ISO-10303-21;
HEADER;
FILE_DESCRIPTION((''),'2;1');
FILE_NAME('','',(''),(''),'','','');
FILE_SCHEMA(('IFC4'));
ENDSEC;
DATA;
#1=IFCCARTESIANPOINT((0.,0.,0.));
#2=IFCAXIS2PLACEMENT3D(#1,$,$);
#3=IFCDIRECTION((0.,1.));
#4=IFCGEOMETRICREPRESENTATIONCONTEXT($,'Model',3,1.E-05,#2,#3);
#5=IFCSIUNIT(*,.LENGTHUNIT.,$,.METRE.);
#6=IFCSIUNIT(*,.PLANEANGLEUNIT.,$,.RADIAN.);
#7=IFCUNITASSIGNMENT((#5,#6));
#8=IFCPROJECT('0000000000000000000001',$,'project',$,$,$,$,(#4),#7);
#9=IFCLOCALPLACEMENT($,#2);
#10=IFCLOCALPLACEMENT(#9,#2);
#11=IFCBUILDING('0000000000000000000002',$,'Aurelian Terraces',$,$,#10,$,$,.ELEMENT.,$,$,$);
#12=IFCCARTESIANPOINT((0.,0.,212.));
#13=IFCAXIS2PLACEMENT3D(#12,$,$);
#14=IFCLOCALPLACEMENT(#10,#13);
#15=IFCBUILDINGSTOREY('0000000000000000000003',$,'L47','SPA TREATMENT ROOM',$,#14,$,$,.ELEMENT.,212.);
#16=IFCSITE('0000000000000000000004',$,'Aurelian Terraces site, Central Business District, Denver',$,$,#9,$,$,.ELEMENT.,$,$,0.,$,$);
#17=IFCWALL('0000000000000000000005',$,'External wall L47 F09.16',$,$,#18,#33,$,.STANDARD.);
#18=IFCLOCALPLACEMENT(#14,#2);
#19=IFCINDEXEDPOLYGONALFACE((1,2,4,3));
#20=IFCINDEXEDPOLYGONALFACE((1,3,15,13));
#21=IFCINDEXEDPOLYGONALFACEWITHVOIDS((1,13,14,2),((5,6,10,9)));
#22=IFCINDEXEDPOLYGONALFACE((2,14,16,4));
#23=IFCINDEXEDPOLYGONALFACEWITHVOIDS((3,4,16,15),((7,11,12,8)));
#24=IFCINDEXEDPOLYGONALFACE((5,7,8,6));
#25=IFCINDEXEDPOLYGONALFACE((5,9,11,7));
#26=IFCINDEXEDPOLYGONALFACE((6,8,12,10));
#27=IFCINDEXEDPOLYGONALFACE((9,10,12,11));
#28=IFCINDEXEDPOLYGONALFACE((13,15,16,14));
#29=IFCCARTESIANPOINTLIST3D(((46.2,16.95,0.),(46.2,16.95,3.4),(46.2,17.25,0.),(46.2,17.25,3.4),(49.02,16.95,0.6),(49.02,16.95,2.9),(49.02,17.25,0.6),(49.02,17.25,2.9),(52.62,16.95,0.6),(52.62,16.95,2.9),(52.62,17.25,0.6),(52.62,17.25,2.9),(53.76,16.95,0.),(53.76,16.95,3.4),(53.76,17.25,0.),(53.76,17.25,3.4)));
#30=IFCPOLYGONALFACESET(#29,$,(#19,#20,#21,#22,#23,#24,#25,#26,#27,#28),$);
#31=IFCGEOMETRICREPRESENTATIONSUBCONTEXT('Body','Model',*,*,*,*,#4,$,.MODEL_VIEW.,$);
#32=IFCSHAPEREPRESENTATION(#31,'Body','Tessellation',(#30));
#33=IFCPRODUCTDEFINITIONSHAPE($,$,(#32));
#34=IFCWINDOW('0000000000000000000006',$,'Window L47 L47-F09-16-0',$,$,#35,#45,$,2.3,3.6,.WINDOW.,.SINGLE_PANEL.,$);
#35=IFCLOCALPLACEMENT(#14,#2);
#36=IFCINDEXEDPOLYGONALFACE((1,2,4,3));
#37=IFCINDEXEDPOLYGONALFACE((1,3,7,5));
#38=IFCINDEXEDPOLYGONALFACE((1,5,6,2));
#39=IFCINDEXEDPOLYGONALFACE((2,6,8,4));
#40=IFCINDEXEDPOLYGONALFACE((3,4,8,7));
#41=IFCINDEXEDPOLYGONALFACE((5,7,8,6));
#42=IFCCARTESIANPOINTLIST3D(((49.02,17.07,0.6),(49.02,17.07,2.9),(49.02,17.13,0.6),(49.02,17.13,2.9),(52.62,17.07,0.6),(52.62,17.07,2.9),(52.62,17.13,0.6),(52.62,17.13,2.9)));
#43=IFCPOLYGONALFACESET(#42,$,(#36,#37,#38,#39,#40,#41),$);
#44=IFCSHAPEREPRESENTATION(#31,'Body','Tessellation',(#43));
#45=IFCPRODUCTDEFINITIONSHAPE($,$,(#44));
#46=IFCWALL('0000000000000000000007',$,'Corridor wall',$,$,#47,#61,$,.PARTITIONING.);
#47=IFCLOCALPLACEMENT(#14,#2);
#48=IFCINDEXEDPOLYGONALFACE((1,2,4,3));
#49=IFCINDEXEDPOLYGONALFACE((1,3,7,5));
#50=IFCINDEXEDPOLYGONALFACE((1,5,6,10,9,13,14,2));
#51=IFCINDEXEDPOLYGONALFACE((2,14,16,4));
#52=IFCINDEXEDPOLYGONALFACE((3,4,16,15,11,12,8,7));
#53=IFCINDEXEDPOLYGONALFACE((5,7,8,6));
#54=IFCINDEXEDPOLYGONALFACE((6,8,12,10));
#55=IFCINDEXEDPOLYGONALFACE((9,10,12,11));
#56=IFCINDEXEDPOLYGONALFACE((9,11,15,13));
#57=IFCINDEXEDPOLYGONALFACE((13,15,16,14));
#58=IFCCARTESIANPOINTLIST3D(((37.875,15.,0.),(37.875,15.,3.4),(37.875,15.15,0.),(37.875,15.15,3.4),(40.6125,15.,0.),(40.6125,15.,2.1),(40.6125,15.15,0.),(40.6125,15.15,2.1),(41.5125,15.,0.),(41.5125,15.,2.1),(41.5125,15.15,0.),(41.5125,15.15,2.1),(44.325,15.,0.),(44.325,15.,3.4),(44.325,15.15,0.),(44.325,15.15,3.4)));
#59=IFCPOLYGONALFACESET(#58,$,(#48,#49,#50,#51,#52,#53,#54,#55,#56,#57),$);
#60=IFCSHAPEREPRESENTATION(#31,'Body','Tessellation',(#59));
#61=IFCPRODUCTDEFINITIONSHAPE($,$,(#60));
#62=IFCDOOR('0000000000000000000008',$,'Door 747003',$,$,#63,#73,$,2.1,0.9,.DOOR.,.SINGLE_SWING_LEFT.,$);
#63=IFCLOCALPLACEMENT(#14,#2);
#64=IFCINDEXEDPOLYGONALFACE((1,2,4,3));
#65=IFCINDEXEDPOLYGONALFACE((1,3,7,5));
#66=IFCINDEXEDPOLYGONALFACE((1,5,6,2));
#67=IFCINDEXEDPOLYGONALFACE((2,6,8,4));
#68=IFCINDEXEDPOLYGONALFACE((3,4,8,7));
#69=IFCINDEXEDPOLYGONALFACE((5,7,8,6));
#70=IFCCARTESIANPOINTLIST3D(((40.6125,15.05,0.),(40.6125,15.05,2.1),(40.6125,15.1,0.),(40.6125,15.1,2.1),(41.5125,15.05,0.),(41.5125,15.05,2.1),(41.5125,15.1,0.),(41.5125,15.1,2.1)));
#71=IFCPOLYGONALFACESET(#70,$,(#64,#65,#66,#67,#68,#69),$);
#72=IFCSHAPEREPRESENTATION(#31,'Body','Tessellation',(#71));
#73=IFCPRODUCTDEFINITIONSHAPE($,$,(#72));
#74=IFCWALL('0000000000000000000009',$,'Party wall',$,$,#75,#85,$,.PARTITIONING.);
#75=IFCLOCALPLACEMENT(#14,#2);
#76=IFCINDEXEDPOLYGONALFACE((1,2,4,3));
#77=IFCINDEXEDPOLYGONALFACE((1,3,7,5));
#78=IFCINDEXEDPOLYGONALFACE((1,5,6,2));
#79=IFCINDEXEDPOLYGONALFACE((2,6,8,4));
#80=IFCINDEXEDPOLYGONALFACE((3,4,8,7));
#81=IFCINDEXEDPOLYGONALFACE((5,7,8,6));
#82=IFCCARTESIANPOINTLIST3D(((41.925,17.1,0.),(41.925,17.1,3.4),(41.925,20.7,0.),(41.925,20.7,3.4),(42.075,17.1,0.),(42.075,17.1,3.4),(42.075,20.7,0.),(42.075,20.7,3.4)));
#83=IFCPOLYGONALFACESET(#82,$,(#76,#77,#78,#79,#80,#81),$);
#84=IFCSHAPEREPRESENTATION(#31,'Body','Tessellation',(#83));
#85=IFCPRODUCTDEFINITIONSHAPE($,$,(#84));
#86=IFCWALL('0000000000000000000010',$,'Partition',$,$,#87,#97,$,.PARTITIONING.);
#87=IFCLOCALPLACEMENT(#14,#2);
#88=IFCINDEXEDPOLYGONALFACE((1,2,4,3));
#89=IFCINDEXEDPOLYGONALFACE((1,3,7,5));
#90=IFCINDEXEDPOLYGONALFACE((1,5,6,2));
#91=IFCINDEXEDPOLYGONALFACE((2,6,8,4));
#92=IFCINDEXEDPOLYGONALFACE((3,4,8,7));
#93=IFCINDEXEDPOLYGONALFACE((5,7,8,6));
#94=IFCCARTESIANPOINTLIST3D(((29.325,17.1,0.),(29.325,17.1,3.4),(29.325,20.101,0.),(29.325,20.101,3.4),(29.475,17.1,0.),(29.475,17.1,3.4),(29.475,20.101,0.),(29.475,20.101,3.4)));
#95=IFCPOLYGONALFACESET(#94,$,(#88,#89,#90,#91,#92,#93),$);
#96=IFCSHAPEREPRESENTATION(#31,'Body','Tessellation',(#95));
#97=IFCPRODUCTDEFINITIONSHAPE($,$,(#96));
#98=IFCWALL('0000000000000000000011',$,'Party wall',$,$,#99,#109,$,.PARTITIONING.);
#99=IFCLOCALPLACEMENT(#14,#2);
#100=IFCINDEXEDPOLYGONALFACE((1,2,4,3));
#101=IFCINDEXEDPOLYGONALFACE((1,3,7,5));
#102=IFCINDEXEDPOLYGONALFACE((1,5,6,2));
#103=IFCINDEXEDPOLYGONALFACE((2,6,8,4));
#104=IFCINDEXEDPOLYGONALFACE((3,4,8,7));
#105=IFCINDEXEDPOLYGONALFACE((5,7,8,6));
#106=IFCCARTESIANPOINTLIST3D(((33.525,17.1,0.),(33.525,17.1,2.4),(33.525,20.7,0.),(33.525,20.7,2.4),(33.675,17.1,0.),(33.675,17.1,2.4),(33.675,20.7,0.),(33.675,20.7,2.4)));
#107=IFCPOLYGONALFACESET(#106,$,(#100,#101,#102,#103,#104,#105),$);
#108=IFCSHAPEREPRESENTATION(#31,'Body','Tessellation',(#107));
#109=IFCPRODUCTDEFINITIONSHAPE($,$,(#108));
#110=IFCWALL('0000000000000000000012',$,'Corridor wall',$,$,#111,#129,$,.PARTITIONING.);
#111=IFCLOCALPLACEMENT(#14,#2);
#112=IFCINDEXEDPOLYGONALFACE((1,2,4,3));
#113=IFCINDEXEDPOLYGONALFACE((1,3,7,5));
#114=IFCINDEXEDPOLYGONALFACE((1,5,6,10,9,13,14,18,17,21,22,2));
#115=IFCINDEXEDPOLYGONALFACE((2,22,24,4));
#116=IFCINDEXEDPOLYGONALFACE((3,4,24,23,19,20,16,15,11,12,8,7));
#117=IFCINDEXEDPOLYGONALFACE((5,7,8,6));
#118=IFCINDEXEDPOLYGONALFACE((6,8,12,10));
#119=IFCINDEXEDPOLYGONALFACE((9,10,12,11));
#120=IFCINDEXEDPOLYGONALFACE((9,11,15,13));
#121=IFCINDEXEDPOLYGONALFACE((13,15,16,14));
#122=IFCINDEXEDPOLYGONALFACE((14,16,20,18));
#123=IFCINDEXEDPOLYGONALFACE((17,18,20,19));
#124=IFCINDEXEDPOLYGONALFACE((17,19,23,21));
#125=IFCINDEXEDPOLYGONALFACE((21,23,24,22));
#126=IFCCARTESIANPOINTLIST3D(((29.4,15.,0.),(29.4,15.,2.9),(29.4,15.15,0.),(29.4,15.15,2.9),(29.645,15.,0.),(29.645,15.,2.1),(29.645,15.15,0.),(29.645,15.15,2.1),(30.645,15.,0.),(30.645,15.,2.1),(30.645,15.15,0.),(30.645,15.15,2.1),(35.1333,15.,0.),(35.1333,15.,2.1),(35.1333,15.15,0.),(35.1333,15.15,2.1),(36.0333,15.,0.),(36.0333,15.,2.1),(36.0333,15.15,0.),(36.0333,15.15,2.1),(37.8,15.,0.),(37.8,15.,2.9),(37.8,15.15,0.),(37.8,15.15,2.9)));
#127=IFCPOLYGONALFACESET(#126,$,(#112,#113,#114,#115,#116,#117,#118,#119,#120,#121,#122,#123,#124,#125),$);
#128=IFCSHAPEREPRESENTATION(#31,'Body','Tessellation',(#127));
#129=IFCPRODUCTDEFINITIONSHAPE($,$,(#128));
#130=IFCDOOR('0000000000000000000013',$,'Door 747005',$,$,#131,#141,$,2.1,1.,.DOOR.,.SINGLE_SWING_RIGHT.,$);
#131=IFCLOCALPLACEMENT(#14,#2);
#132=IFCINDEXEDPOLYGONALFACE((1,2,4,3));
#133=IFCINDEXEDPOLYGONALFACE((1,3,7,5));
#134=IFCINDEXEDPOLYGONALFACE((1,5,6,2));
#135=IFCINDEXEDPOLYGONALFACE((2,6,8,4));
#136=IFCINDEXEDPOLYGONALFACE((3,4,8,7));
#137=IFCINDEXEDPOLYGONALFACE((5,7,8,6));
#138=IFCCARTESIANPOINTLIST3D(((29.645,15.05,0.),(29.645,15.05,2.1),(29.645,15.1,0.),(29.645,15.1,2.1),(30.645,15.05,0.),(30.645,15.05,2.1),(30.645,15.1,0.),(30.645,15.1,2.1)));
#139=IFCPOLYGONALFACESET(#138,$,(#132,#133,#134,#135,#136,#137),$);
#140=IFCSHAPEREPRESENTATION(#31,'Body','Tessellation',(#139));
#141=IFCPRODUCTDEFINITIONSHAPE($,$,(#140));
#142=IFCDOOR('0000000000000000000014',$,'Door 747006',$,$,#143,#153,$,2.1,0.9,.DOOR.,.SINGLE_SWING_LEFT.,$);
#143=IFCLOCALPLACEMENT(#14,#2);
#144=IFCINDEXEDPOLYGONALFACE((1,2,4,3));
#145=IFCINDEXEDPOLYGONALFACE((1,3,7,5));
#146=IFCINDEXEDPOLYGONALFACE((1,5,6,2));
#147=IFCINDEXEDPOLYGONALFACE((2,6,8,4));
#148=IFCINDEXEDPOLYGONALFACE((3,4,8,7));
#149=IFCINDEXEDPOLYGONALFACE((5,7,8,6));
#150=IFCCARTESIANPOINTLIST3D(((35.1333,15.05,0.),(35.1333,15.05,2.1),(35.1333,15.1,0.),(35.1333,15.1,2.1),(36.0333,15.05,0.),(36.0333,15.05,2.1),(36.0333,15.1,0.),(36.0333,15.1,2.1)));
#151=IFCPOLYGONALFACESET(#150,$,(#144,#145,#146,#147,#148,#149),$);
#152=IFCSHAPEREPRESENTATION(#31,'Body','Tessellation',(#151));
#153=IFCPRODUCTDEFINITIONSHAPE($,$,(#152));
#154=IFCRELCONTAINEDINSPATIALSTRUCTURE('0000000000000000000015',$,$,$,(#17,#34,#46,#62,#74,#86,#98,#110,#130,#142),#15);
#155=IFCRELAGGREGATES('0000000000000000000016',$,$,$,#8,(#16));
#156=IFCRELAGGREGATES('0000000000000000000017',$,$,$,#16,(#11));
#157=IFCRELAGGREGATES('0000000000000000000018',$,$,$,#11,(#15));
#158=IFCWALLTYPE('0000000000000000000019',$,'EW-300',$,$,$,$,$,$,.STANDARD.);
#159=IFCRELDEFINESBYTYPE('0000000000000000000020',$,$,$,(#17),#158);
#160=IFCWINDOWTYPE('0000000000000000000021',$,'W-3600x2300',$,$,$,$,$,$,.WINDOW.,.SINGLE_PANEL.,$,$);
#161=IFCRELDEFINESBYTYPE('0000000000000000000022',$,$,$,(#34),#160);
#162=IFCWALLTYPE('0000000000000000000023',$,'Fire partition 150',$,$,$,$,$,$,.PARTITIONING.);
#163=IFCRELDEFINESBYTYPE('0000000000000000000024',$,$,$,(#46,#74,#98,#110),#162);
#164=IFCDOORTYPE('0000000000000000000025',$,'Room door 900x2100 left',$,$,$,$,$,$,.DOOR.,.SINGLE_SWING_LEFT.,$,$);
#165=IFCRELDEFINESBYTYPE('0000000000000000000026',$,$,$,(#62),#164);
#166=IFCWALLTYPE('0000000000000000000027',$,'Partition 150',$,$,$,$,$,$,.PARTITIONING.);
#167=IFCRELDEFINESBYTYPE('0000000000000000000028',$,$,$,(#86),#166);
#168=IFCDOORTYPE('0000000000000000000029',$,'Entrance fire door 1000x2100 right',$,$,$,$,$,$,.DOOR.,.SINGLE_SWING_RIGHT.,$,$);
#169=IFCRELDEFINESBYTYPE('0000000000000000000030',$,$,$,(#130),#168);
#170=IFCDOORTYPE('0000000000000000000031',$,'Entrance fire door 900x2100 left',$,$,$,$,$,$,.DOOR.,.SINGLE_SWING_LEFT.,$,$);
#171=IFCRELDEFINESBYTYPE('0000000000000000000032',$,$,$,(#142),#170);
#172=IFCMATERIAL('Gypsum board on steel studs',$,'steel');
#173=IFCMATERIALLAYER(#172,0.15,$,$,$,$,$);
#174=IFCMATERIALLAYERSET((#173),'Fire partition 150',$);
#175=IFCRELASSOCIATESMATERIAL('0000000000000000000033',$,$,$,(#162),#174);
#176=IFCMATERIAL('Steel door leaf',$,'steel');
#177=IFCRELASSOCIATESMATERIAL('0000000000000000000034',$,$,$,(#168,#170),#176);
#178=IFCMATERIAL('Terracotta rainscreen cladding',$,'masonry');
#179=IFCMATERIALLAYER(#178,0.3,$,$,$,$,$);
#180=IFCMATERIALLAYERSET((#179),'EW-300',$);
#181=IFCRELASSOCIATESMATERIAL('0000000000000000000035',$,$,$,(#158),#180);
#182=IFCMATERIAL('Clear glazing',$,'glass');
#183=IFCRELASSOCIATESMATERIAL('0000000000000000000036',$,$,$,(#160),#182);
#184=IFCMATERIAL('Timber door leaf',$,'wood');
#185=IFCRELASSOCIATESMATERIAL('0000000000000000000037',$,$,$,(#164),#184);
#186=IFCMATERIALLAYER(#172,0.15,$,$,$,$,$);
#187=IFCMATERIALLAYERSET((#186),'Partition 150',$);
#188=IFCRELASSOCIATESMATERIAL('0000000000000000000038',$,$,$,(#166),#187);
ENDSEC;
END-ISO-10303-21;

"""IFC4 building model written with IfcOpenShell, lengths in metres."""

from ifc_helpers import new_model, si_unit, direction, frame, frame_2d, origin, place, context, subcontext, project, spatial, rectangle, extrude, source, transform, mapped, material, layer, layer_set, type_object, element, fill, save


model = new_model("IFC4")

# Units and contexts
model_context = context("Model", 3, precision=1e-05, world=origin(), true_north=direction((0.0, 1.0)))
body_context = subcontext(model_context, "Body", "Model", "MODEL_VIEW")
ifc_project = project(units=[si_unit("LENGTHUNIT", "METRE"), si_unit("PLANEANGLEUNIT", "RADIAN")], contexts=[model_context])

# Site, building, storey
site_placement = place(None, origin())
site = spatial("IfcSite", under=ifc_project, at=site_placement, Name="Aurelian Terraces site, Central Business District, Denver", CompositionType="ELEMENT", RefElevation=0.0)
building_placement = place(site_placement, origin())
building = spatial("IfcBuilding", under=site, at=building_placement, Name="Aurelian Terraces", CompositionType="ELEMENT")
storey_placement = place(building_placement, frame((0.0, 0.0, 212.0)))
storey = spatial("IfcBuildingStorey", under=building, at=storey_placement, Name="L47", Description="SPA TREATMENT ROOM", CompositionType="ELEMENT", Elevation=212.0)

# Shared definitions
ifc_material_1 = material(Name="Gypsum board on steel studs", Category="steel")
ifc_layer_1 = layer(ifc_material_1, 0.15)
ifc_layer_set_1 = layer_set([ifc_layer_1], Name="Fire partition 150")
wall_type_1 = type_object("IfcWallType", Name="Fire partition 150", PredefinedType="PARTITIONING", material=ifc_layer_set_1)
shared_shape_1 = source(origin(), body_context, "Body", "SweptSolid", [
    extrude(rectangle(XDim=0.9, YDim=2.1, at=frame_2d((0.45, 1.05))), frame((0.0, 0.085, 0.0), z_axis=(0.0, -1.0, 0.0), x_axis=(1.0, 0.0, 0.0)), (0.0, 0.0, 1.0), 0.17),
])
shared_shape_2 = source(origin(), body_context, "Body", "SweptSolid", [
    extrude(rectangle(XDim=1.0, YDim=2.1, at=frame_2d((0.5, 1.05))), frame((0.0, 0.085, 0.0), z_axis=(0.0, -1.0, 0.0), x_axis=(1.0, 0.0, 0.0)), (0.0, 0.0, 1.0), 0.17),
])
ifc_material_2 = material(Name="Steel door leaf", Category="steel")
door_type_1 = type_object("IfcDoorType", Name="Entrance fire door 1000x2100 right", OperationType="SINGLE_SWING_RIGHT", PredefinedType="DOOR", material=ifc_material_2)
shared_shape_3 = source(origin(), body_context, "Body", "SweptSolid", [
    extrude(rectangle(XDim=1.0, YDim=2.1, at=frame_2d((0.5, 1.05))), frame((0.0, 0.025, 0.0), z_axis=(0.0, -1.0, 0.0), x_axis=(1.0, 0.0, 0.0)), (0.0, 0.0, 1.0), 0.05),
])
shared_shape_4 = source(origin(), body_context, "Body", "SweptSolid", [
    extrude(rectangle(XDim=0.9, YDim=2.1, at=frame_2d((0.45, 1.05))), frame((0.0, 0.025, 0.0), z_axis=(0.0, -1.0, 0.0), x_axis=(1.0, 0.0, 0.0)), (0.0, 0.0, 1.0), 0.05),
])
door_type_2 = type_object("IfcDoorType", Name="Entrance fire door 900x2100 left", OperationType="SINGLE_SWING_LEFT", PredefinedType="DOOR", material=ifc_material_2)

# Wall, opening, window
ifc_material_3 = material(Name="Terracotta rainscreen cladding", Category="masonry")
ifc_layer_2 = layer(ifc_material_3, 0.3)
ifc_layer_set_2 = layer_set([ifc_layer_2], Name="EW-300")
wall_type_2 = type_object("IfcWallType", Name="EW-300", PredefinedType="STANDARD", material=ifc_layer_set_2)
ifc_material_4 = material(Name="Clear glazing", Category="glass")
shared_shape_5 = source(origin(), body_context, "Body", "SweptSolid", [
    extrude(rectangle(XDim=7.56, YDim=0.3, at=frame_2d((3.78, 0.0))), origin(), (0.0, 0.0, 1.0), 3.4),
])
wall_1_placement = place(storey_placement, frame((53.76, 17.1, 0.0), z_axis=(0.0, 0.0, 1.0), x_axis=(-1.0, 0.0, 0.0)))
wall_1 = element("IfcWall", 1, at=wall_1_placement, inside=storey, type_object=wall_type_2, Name="External wall L47 F09.16", PredefinedType="STANDARD", context=body_context, shape_type="MappedRepresentation", body=[
    mapped(shared_shape_5, transform((0.0, 0.0, 0.0), scale=1.0)),
])
shared_shape_6 = source(origin(), body_context, "Body", "SweptSolid", [
    extrude(rectangle(XDim=3.6, YDim=2.3, at=frame_2d((1.8, 1.15))), frame((0.0, 0.16, 0.0), z_axis=(0.0, -1.0, 0.0), x_axis=(1.0, 0.0, 0.0)), (0.0, 0.0, 1.0), 0.32),
])
opening_1_placement = place(wall_1_placement, frame((1.14, 0.0, 0.6)))
opening_1 = element("IfcOpeningElement", 2, at=opening_1_placement, cuts=wall_1, PredefinedType="OPENING", context=body_context, shape_type="MappedRepresentation", body=[
    mapped(shared_shape_6, transform((0.0, 0.0, 0.0), scale=1.0)),
])
window_type_1 = type_object("IfcWindowType", Name="W-3600x2300", PartitioningType="SINGLE_PANEL", PredefinedType="WINDOW", material=ifc_material_4)
shared_shape_7 = source(origin(), body_context, "Body", "SweptSolid", [
    extrude(rectangle(XDim=3.6, YDim=2.3, at=frame_2d((1.8, 1.15))), frame((0.0, 0.03, 0.0), z_axis=(0.0, -1.0, 0.0), x_axis=(1.0, 0.0, 0.0)), (0.0, 0.0, 1.0), 0.06),
])
window_1_placement = place(opening_1_placement, origin())
window_1 = element("IfcWindow", 3, at=window_1_placement, inside=storey, type_object=window_type_1, Name="Window L47 L47-F09-16-0", OverallHeight=2.3, OverallWidth=3.6, PartitioningType="SINGLE_PANEL", PredefinedType="WINDOW", context=body_context, shape_type="MappedRepresentation", body=[
    mapped(shared_shape_7, transform((0.0, 0.0, 0.0), scale=1.0)),
])
fill(opening_1, window_1)

# Wall, opening, door
shared_shape_8 = source(origin(), body_context, "Body", "SweptSolid", [
    extrude(rectangle(XDim=6.45, YDim=0.15, at=frame_2d((3.225, 0.0))), origin(), (0.0, 0.0, 1.0), 3.4),
])
wall_2_placement = place(storey_placement, frame((44.325, 15.075, 0.0), z_axis=(0.0, 0.0, 1.0), x_axis=(-1.0, 0.0, 0.0)))
wall_2 = element("IfcWall", 4, at=wall_2_placement, inside=storey, type_object=wall_type_1, Name="Corridor wall", PredefinedType="PARTITIONING", context=body_context, shape_type="MappedRepresentation", body=[
    mapped(shared_shape_8, transform((0.0, 0.0, 0.0), scale=1.0)),
])
opening_2_placement = place(wall_2_placement, frame((2.8125, 0.0, 0.0)))
opening_2 = element("IfcOpeningElement", 5, at=opening_2_placement, cuts=wall_2, PredefinedType="OPENING", context=body_context, shape_type="MappedRepresentation", body=[
    mapped(shared_shape_1, transform((0.0, 0.0, 0.0), scale=1.0)),
])
ifc_material_5 = material(Name="Timber door leaf", Category="wood")
door_type_3 = type_object("IfcDoorType", Name="Room door 900x2100 left", OperationType="SINGLE_SWING_LEFT", PredefinedType="DOOR", material=ifc_material_5)
door_1_placement = place(opening_2_placement, origin())
door_1 = element("IfcDoor", 6, at=door_1_placement, inside=storey, type_object=door_type_3, Name="Door 747003", OperationType="SINGLE_SWING_LEFT", OverallHeight=2.1, OverallWidth=0.9, PredefinedType="DOOR", context=body_context, shape_type="MappedRepresentation", body=[
    mapped(shared_shape_4, transform((0.0, 0.0, 0.0), scale=1.0)),
])
fill(opening_2, door_1)

# Walls
shared_shape_9 = source(origin(), body_context, "Body", "SweptSolid", [
    extrude(rectangle(XDim=3.6, YDim=0.15, at=frame_2d((1.8, 0.0))), origin(), (0.0, 0.0, 1.0), 3.4),
])
wall_3_placement = place(storey_placement, frame((42.0, 17.1, 0.0), z_axis=(0.0, 0.0, 1.0), x_axis=(0.0, 1.0, 0.0)))
element("IfcWall", 7, at=wall_3_placement, inside=storey, type_object=wall_type_1, Name="Party wall", PredefinedType="PARTITIONING", context=body_context, shape_type="MappedRepresentation", body=[
    mapped(shared_shape_9, transform((0.0, 0.0, 0.0), scale=1.0)),
])
ifc_layer_3 = layer(ifc_material_1, 0.15)
ifc_layer_set_3 = layer_set([ifc_layer_3], Name="Partition 150")
wall_type_3 = type_object("IfcWallType", Name="Partition 150", PredefinedType="PARTITIONING", material=ifc_layer_set_3)
shared_shape_10 = source(origin(), body_context, "Body", "SweptSolid", [
    extrude(rectangle(XDim=3.001, YDim=0.15, at=frame_2d((1.5005, 0.0))), origin(), (0.0, 0.0, 1.0), 3.4),
])
wall_4_placement = place(storey_placement, frame((29.4, 17.1, 0.0), z_axis=(0.0, 0.0, 1.0), x_axis=(0.0, 1.0, 0.0)))
element("IfcWall", 8, at=wall_4_placement, inside=storey, type_object=wall_type_3, Name="Partition", PredefinedType="PARTITIONING", context=body_context, shape_type="MappedRepresentation", body=[
    mapped(shared_shape_10, transform((0.0, 0.0, 0.0), scale=1.0)),
])
shared_shape_11 = source(origin(), body_context, "Body", "SweptSolid", [
    extrude(rectangle(XDim=3.6, YDim=0.15, at=frame_2d((1.8, 0.0))), origin(), (0.0, 0.0, 1.0), 2.4),
])
wall_5_placement = place(storey_placement, frame((33.6, 17.1, 0.0), z_axis=(0.0, 0.0, 1.0), x_axis=(0.0, 1.0, 0.0)))
element("IfcWall", 9, at=wall_5_placement, inside=storey, type_object=wall_type_1, Name="Party wall", PredefinedType="PARTITIONING", context=body_context, shape_type="MappedRepresentation", body=[
    mapped(shared_shape_11, transform((0.0, 0.0, 0.0), scale=1.0)),
])

# Wall, openings, doors
shared_shape_12 = source(origin(), body_context, "Body", "SweptSolid", [
    extrude(rectangle(XDim=8.4, YDim=0.15, at=frame_2d((4.2, 0.0))), origin(), (0.0, 0.0, 1.0), 2.9),
])
wall_6_placement = place(storey_placement, frame((37.8, 15.075, 0.0), z_axis=(0.0, 0.0, 1.0), x_axis=(-1.0, 0.0, 0.0)))
wall_6 = element("IfcWall", 10, at=wall_6_placement, inside=storey, type_object=wall_type_1, Name="Corridor wall", PredefinedType="PARTITIONING", context=body_context, shape_type="MappedRepresentation", body=[
    mapped(shared_shape_12, transform((0.0, 0.0, 0.0), scale=1.0)),
])
opening_3_placement = place(wall_6_placement, frame((7.155, 0.0, 0.0)))
opening_3 = element("IfcOpeningElement", 11, at=opening_3_placement, cuts=wall_6, PredefinedType="OPENING", context=body_context, shape_type="MappedRepresentation", body=[
    mapped(shared_shape_2, transform((0.0, 0.0, 0.0), scale=1.0)),
])
opening_4_placement = place(wall_6_placement, frame((1.7667, 0.0, 0.0)))
opening_4 = element("IfcOpeningElement", 12, at=opening_4_placement, cuts=wall_6, PredefinedType="OPENING", context=body_context, shape_type="MappedRepresentation", body=[
    mapped(shared_shape_1, transform((0.0, 0.0, 0.0), scale=1.0)),
])
door_2_placement = place(opening_3_placement, origin())
door_2 = element("IfcDoor", 13, at=door_2_placement, inside=storey, type_object=door_type_1, Name="Door 747005", OperationType="SINGLE_SWING_RIGHT", OverallHeight=2.1, OverallWidth=1.0, PredefinedType="DOOR", context=body_context, shape_type="MappedRepresentation", body=[
    mapped(shared_shape_3, transform((0.0, 0.0, 0.0), scale=1.0)),
])
fill(opening_3, door_2)
door_3_placement = place(opening_4_placement, origin())
door_3 = element("IfcDoor", 14, at=door_3_placement, inside=storey, type_object=door_type_2, Name="Door 747006", OperationType="SINGLE_SWING_LEFT", OverallHeight=2.1, OverallWidth=0.9, PredefinedType="DOOR", context=body_context, shape_type="MappedRepresentation", body=[
    mapped(shared_shape_4, transform((0.0, 0.0, 0.0), scale=1.0)),
])
fill(opening_4, door_3)

save(model, "model.ifc")
